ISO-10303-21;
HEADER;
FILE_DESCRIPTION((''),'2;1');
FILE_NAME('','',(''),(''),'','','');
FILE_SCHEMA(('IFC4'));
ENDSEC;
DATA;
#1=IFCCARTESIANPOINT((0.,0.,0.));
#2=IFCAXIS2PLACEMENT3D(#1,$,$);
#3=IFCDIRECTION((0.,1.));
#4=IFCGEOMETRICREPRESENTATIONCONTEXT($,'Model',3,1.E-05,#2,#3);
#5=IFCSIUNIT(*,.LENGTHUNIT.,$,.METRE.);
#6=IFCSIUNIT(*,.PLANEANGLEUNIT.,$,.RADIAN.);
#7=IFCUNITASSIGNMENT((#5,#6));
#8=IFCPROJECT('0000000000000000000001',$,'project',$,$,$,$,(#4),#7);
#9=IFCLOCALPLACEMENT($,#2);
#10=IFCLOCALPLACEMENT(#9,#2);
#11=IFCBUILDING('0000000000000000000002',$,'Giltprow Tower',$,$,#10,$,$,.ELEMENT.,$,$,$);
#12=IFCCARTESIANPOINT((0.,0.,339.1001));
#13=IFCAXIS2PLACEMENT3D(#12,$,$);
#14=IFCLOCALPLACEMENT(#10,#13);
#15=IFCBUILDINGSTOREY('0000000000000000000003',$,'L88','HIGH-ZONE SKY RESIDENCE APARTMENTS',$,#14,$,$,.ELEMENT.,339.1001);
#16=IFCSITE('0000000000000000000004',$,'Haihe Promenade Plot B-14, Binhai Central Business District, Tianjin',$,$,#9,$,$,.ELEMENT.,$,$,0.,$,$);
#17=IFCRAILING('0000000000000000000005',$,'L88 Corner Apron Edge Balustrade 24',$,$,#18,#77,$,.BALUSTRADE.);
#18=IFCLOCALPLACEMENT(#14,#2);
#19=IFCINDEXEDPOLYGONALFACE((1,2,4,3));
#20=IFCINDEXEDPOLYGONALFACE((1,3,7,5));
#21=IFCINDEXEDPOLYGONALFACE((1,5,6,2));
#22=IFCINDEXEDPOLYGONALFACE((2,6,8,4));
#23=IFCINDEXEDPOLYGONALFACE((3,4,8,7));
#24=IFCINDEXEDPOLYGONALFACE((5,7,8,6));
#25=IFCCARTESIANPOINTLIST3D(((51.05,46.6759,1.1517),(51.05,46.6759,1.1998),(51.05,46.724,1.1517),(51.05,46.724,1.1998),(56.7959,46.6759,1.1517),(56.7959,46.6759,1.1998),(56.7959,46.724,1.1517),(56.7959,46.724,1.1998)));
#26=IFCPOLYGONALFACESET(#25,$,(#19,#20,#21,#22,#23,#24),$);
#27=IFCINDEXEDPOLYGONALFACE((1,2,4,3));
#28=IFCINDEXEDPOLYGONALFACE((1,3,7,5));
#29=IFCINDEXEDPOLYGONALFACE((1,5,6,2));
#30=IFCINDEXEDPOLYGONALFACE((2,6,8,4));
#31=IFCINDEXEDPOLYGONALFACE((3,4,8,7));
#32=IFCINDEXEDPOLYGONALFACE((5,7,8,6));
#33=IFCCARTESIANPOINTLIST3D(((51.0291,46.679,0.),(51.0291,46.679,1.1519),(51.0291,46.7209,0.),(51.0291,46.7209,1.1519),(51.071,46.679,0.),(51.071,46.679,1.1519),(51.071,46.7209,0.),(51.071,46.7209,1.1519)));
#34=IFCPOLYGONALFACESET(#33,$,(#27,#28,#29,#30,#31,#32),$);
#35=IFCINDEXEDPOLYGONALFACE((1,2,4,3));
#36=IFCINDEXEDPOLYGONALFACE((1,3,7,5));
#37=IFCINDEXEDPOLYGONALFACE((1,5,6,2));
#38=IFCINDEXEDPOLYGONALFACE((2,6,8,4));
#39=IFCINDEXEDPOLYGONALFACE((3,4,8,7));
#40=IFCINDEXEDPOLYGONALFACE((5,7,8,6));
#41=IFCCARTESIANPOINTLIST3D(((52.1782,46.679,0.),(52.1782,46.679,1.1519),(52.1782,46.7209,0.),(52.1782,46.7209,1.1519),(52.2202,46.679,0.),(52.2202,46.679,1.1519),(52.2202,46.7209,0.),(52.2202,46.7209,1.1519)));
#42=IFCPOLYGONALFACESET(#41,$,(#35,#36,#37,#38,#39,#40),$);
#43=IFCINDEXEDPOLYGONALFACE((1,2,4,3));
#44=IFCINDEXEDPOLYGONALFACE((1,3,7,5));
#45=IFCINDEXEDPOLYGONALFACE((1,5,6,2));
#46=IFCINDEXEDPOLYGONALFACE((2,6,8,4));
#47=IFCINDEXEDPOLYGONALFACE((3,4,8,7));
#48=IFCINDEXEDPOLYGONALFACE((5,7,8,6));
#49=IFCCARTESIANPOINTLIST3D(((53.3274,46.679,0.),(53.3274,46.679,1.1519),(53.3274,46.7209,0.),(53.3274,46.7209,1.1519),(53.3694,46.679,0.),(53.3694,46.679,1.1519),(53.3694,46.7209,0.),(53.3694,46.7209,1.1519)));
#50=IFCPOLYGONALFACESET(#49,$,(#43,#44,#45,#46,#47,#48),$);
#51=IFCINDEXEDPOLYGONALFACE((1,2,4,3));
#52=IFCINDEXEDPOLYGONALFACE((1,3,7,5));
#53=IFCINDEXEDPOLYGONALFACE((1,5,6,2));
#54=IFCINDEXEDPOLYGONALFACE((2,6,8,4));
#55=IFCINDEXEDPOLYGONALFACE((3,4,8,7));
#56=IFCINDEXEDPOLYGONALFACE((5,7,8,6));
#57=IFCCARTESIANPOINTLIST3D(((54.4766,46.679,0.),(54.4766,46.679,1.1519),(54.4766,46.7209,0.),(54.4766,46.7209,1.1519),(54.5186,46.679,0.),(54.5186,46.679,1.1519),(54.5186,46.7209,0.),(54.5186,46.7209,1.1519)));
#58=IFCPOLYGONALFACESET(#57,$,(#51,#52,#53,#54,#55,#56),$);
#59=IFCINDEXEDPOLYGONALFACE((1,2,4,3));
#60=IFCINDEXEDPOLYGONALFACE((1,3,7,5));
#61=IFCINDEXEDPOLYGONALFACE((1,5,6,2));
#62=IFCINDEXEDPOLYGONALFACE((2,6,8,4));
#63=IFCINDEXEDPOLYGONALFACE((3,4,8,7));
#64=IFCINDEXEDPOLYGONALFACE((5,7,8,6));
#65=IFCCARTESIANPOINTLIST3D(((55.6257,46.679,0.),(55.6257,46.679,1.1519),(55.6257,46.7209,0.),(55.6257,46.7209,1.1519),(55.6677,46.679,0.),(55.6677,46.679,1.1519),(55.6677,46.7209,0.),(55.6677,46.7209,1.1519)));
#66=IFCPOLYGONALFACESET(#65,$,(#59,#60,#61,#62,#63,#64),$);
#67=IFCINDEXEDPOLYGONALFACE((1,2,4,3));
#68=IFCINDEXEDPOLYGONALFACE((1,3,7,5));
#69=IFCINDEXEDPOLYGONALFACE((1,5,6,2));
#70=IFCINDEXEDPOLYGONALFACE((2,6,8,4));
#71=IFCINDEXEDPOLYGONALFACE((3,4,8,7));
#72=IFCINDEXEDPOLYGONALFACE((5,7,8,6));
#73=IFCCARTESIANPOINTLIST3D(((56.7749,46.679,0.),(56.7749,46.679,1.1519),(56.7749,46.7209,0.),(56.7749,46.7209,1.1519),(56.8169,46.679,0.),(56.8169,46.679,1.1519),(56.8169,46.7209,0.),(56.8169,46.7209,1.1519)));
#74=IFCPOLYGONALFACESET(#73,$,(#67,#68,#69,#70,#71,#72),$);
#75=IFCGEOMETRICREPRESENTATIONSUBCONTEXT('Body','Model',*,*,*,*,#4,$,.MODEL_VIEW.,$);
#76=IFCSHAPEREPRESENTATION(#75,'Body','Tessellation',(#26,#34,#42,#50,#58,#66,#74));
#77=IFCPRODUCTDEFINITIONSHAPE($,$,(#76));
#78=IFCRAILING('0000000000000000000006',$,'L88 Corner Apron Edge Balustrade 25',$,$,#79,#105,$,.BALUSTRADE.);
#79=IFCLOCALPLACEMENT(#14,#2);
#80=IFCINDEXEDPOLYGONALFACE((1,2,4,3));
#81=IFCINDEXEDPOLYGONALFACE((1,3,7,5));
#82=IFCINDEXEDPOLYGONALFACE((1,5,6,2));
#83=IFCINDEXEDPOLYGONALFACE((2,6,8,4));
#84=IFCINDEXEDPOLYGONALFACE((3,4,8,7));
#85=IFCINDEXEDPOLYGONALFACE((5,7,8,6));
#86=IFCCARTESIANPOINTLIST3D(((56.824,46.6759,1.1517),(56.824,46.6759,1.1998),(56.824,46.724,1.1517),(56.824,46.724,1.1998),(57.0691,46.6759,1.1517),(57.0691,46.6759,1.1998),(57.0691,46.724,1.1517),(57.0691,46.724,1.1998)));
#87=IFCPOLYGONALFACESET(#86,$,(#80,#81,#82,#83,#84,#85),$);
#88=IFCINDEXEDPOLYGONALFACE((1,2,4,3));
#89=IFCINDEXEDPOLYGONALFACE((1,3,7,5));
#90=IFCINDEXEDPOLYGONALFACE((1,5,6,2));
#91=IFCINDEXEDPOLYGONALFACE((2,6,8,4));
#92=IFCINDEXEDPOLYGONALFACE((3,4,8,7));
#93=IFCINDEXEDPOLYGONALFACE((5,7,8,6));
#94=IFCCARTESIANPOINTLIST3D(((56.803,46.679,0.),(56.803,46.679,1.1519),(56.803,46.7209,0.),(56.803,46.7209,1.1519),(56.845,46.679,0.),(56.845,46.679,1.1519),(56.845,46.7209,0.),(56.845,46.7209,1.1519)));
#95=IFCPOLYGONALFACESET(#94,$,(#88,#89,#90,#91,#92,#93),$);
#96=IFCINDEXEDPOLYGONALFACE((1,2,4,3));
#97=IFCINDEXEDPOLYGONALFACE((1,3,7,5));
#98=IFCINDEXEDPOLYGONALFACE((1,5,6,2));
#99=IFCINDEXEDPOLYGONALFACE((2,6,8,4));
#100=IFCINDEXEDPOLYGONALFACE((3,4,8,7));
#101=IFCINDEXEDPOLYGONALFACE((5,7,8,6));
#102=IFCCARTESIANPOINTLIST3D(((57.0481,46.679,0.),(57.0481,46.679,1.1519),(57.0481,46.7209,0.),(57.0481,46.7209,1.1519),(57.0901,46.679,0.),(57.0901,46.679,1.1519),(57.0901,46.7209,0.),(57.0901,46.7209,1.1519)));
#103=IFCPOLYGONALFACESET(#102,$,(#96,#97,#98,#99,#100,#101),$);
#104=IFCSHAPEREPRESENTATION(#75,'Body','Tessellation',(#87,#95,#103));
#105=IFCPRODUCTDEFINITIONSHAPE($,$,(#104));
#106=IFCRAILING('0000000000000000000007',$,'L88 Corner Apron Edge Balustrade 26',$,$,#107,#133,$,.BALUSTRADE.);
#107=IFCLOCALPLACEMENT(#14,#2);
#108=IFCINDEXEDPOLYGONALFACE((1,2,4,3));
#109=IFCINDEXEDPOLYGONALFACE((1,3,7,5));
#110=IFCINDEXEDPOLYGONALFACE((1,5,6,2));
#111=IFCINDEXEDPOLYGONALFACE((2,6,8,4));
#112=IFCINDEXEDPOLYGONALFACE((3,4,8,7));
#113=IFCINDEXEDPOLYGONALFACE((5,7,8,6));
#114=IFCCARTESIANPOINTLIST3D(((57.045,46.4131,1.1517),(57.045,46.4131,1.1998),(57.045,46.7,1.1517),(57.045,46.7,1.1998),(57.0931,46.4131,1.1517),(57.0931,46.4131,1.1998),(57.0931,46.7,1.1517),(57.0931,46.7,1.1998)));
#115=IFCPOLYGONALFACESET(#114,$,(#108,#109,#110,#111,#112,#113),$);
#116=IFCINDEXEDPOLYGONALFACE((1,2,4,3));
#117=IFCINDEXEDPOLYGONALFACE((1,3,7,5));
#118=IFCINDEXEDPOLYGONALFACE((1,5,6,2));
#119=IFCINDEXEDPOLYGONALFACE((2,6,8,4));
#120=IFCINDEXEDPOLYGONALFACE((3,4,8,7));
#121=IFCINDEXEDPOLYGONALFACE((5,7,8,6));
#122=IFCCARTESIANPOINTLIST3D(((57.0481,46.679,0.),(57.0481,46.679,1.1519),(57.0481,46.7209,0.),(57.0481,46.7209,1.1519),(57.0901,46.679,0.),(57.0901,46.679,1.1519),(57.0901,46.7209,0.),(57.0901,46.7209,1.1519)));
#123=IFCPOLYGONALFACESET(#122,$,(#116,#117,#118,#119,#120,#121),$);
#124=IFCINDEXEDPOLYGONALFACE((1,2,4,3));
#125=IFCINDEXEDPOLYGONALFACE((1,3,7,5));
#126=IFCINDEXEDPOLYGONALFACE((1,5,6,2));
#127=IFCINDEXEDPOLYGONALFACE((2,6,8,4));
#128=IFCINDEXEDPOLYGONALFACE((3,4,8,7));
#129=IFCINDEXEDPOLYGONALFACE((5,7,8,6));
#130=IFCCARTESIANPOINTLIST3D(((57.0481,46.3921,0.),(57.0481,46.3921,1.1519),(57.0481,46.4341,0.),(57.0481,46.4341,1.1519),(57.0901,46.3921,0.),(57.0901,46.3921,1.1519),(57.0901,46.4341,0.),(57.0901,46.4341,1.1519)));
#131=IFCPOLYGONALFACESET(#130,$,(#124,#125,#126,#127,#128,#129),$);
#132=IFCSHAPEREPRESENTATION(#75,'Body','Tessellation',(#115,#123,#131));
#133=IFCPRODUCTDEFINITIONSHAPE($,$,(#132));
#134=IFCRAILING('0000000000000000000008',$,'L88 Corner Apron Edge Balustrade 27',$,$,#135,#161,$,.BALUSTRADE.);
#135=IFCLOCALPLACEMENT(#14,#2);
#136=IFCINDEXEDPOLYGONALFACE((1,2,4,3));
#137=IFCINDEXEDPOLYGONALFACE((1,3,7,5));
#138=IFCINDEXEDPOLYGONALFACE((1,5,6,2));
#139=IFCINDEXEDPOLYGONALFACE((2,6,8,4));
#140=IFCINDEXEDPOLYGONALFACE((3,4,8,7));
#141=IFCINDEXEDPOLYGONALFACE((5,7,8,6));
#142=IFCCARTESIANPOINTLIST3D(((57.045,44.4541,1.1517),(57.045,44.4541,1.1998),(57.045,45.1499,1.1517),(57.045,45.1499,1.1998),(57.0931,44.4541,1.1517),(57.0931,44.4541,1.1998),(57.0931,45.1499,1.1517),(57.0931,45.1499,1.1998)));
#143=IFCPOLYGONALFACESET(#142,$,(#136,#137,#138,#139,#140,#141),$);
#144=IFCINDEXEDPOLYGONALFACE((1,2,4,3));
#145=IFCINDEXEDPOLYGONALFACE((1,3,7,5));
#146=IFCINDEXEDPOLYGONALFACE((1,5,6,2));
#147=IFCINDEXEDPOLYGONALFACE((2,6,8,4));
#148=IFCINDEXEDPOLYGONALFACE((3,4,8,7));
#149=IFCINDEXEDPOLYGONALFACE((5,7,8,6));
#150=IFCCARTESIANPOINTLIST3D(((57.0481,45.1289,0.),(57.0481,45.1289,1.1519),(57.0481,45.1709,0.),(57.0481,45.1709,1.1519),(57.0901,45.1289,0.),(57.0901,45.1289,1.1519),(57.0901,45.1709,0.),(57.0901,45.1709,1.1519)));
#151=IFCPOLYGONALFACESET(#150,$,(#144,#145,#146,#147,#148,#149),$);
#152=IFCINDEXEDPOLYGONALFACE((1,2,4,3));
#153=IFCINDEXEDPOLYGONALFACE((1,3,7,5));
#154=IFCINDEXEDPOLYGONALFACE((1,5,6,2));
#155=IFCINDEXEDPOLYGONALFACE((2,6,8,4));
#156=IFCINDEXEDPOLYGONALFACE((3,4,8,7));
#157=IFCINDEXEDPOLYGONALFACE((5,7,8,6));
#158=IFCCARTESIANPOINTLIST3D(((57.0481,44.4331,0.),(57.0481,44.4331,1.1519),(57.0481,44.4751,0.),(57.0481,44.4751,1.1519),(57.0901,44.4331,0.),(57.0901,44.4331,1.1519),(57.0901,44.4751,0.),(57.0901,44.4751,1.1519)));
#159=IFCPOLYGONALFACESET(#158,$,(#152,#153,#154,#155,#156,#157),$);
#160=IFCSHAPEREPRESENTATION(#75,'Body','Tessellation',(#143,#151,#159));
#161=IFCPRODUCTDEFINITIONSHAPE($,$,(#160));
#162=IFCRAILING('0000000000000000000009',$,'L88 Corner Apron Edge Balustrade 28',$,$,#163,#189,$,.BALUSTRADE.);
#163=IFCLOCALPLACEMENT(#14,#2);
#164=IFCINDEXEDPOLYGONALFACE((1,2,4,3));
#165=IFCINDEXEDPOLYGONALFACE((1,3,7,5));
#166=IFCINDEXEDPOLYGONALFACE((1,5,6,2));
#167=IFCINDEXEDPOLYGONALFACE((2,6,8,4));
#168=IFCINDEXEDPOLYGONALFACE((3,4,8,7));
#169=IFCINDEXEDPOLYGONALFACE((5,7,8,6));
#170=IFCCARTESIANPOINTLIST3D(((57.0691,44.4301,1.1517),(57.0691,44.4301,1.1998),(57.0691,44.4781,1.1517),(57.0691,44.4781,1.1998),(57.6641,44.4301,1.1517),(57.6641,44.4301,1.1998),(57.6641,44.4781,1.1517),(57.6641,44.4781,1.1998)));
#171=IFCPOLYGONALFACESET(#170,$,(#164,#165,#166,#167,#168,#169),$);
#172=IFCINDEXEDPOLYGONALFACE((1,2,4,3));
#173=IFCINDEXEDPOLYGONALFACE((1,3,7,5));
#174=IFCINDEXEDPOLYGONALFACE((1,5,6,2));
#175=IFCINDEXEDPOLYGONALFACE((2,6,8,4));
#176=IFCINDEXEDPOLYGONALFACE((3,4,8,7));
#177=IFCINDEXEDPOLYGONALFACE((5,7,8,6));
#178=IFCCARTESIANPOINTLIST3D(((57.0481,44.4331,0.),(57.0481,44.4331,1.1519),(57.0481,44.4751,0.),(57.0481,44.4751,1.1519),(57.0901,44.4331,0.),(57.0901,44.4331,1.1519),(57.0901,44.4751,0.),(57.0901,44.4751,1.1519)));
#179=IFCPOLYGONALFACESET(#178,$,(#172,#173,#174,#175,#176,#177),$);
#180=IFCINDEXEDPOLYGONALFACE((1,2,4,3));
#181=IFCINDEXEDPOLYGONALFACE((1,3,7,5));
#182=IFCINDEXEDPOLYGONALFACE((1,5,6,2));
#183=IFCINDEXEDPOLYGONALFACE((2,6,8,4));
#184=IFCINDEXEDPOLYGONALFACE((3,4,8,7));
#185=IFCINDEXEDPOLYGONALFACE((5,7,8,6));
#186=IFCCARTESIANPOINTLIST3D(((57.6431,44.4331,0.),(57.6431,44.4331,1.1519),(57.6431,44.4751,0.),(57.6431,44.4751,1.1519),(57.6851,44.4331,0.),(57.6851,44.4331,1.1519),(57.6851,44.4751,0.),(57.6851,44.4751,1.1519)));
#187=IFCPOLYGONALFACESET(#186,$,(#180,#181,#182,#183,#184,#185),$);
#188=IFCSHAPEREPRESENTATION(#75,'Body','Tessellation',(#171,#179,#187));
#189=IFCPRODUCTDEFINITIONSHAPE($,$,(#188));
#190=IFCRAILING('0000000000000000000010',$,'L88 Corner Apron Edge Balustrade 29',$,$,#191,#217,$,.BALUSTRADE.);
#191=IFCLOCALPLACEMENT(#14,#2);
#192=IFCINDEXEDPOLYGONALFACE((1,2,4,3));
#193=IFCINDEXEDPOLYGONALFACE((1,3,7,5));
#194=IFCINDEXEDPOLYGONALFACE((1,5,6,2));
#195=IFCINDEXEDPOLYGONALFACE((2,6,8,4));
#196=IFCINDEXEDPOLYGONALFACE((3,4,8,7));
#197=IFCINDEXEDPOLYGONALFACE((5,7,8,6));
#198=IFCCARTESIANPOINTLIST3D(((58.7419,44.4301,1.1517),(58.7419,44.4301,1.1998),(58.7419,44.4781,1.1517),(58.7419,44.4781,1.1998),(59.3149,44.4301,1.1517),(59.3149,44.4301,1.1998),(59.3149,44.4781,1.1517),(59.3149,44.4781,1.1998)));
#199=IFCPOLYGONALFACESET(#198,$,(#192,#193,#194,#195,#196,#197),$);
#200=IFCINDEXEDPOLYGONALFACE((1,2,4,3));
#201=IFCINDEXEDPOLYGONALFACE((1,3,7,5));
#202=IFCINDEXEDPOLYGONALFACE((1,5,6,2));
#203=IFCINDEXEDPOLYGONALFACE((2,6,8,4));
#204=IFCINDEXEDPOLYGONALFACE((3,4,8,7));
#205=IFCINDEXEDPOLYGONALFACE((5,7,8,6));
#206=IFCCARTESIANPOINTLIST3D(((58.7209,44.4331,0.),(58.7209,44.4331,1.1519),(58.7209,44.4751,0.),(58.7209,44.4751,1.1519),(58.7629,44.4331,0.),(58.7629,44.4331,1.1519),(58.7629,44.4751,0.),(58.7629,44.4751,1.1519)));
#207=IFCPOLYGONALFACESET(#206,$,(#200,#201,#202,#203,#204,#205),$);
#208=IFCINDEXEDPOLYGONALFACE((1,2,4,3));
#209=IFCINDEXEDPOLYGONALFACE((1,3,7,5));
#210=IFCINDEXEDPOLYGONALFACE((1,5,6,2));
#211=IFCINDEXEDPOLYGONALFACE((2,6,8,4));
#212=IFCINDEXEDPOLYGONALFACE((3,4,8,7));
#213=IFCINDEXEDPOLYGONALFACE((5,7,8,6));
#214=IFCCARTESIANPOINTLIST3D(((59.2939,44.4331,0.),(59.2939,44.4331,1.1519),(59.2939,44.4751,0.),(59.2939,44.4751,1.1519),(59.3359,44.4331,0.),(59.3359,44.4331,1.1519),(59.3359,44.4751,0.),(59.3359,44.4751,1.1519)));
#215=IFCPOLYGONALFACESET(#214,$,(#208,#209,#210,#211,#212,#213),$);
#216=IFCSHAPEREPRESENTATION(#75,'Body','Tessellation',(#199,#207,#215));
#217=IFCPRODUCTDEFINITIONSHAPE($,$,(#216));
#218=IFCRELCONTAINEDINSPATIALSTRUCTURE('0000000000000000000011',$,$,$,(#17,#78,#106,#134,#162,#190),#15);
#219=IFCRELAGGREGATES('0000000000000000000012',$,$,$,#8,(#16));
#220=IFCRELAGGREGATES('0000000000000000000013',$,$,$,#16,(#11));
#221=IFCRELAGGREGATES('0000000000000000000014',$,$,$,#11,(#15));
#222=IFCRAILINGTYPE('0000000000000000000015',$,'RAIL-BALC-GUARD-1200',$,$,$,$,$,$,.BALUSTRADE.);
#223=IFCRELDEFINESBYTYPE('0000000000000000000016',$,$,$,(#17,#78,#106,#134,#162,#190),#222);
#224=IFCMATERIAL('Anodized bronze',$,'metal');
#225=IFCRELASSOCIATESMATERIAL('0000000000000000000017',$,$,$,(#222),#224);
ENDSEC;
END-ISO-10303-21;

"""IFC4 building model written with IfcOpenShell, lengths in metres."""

from ifc_helpers import new_model, si_unit, direction, frame, origin, origin_2d, place, context, subcontext, project, spatial, rectangle, extrude, material, type_object, element, save


model = new_model("IFC4")

# Units and contexts
model_context = context("Model", 3, precision=1e-05, world=origin(), true_north=direction((0.0, 1.0)))
body_context = subcontext(model_context, "Body", "Model", "MODEL_VIEW")
ifc_project = project(units=[si_unit("LENGTHUNIT", "METRE"), si_unit("PLANEANGLEUNIT", "RADIAN")], contexts=[model_context])

# Site, building, storey
site_placement = place(None, origin())
site = spatial("IfcSite", under=ifc_project, at=site_placement, Name="Haihe Promenade Plot B-14, Binhai Central Business District, Tianjin", CompositionType="ELEMENT", RefElevation=0.0)
building_placement = place(site_placement, origin())
building = spatial("IfcBuilding", under=site, at=building_placement, Name="Giltprow Tower", CompositionType="ELEMENT")
storey_placement = place(building_placement, frame((0.0, 0.0, 339.1001)))
storey = spatial("IfcBuildingStorey", under=building, at=storey_placement, Name="L88", Description="HIGH-ZONE SKY RESIDENCE APARTMENTS", CompositionType="ELEMENT", Elevation=339.1001)

# Railings
ifc_material_1 = material(Name="Anodized bronze", Category="metal")
railing_type = type_object("IfcRailingType", Name="RAIL-BALC-GUARD-1200", PredefinedType="BALUSTRADE", material=ifc_material_1)
railing_1_placement = place(storey_placement, frame((51.05, 46.7, 0.0)))
element("IfcRailing", 1, at=railing_1_placement, inside=storey, type_object=railing_type, Name="L88 Corner Apron Edge Balustrade 24", PredefinedType="BALUSTRADE", context=body_context, shape_type="SweptSolid", body=[
    extrude(rectangle(XDim=0.0481, YDim=0.0481, at=origin_2d()), frame((0.0, 0.0, 1.1758), z_axis=(1.0, 0.0, 0.0), x_axis=(0.0, 1.0, 0.0)), (0.0, 0.0, 1.0), 5.7458),
    extrude(rectangle(XDim=0.042, YDim=0.042, at=origin_2d()), origin(), (0.0, 0.0, 1.0), 1.1519),
    extrude(rectangle(XDim=0.042, YDim=0.042, at=origin_2d()), frame((1.1492, 0.0, 0.0)), (0.0, 0.0, 1.0), 1.1519),
    extrude(rectangle(XDim=0.042, YDim=0.042, at=origin_2d()), frame((2.2983, 0.0, 0.0)), (0.0, 0.0, 1.0), 1.1519),
    extrude(rectangle(XDim=0.042, YDim=0.042, at=origin_2d()), frame((3.4475, 0.0, 0.0)), (0.0, 0.0, 1.0), 1.1519),
    extrude(rectangle(XDim=0.042, YDim=0.042, at=origin_2d()), frame((4.5967, 0.0, 0.0)), (0.0, 0.0, 1.0), 1.1519),
    extrude(rectangle(XDim=0.042, YDim=0.042, at=origin_2d()), frame((5.7458, 0.0, 0.0)), (0.0, 0.0, 1.0), 1.1519),
])
railing_2_placement = place(storey_placement, frame((56.824, 46.7, 0.0)))
element("IfcRailing", 2, at=railing_2_placement, inside=storey, type_object=railing_type, Name="L88 Corner Apron Edge Balustrade 25", PredefinedType="BALUSTRADE", context=body_context, shape_type="SweptSolid", body=[
    extrude(rectangle(XDim=0.0481, YDim=0.0481, at=origin_2d()), frame((0.0, 0.0, 1.1758), z_axis=(1.0, 0.0, 0.0), x_axis=(0.0, 1.0, 0.0)), (0.0, 0.0, 1.0), 0.2451),
    extrude(rectangle(XDim=0.042, YDim=0.042, at=origin_2d()), origin(), (0.0, 0.0, 1.0), 1.1519),
    extrude(rectangle(XDim=0.042, YDim=0.042, at=origin_2d()), frame((0.2451, 0.0, 0.0)), (0.0, 0.0, 1.0), 1.1519),
])
railing_3_placement = place(storey_placement, frame((57.0691, 46.7, 0.0)))
element("IfcRailing", 3, at=railing_3_placement, inside=storey, type_object=railing_type, Name="L88 Corner Apron Edge Balustrade 26", PredefinedType="BALUSTRADE", context=body_context, shape_type="SweptSolid", body=[
    extrude(rectangle(XDim=0.0481, YDim=0.0481, at=origin_2d()), frame((0.0, 0.0, 1.1758), z_axis=(0.0, -1.0, 0.0), x_axis=(1.0, 0.0, 0.0)), (0.0, 0.0, 1.0), 0.2869),
    extrude(rectangle(XDim=0.042, YDim=0.042, at=origin_2d()), origin(), (0.0, 0.0, 1.0), 1.1519),
    extrude(rectangle(XDim=0.042, YDim=0.042, at=origin_2d()), frame((0.0, -0.2869, 0.0)), (0.0, 0.0, 1.0), 1.1519),
])
railing_4_placement = place(storey_placement, frame((57.0691, 45.1499, 0.0)))
element("IfcRailing", 4, at=railing_4_placement, inside=storey, type_object=railing_type, Name="L88 Corner Apron Edge Balustrade 27", PredefinedType="BALUSTRADE", context=body_context, shape_type="SweptSolid", body=[
    extrude(rectangle(XDim=0.0481, YDim=0.0481, at=origin_2d()), frame((0.0, 0.0, 1.1758), z_axis=(0.0, -1.0, 0.0), x_axis=(1.0, 0.0, 0.0)), (0.0, 0.0, 1.0), 0.6958),
    extrude(rectangle(XDim=0.042, YDim=0.042, at=origin_2d()), origin(), (0.0, 0.0, 1.0), 1.1519),
    extrude(rectangle(XDim=0.042, YDim=0.042, at=origin_2d()), frame((0.0, -0.6958, 0.0)), (0.0, 0.0, 1.0), 1.1519),
])
railing_5_placement = place(storey_placement, frame((57.0691, 44.4541, 0.0)))
element("IfcRailing", 5, at=railing_5_placement, inside=storey, type_object=railing_type, Name="L88 Corner Apron Edge Balustrade 28", PredefinedType="BALUSTRADE", context=body_context, shape_type="SweptSolid", body=[
    extrude(rectangle(XDim=0.0481, YDim=0.0481, at=origin_2d()), frame((0.0, 0.0, 1.1758), z_axis=(1.0, 0.0, 0.0), x_axis=(0.0, 1.0, 0.0)), (0.0, 0.0, 1.0), 0.595),
    extrude(rectangle(XDim=0.042, YDim=0.042, at=origin_2d()), origin(), (0.0, 0.0, 1.0), 1.1519),
    extrude(rectangle(XDim=0.042, YDim=0.042, at=origin_2d()), frame((0.595, 0.0, 0.0)), (0.0, 0.0, 1.0), 1.1519),
])
railing_6_placement = place(storey_placement, frame((58.7419, 44.4541, 0.0)))
element("IfcRailing", 6, at=railing_6_placement, inside=storey, type_object=railing_type, Name="L88 Corner Apron Edge Balustrade 29", PredefinedType="BALUSTRADE", context=body_context, shape_type="SweptSolid", body=[
    extrude(rectangle(XDim=0.0481, YDim=0.0481, at=origin_2d()), frame((0.0, 0.0, 1.1758), z_axis=(1.0, 0.0, 0.0), x_axis=(0.0, 1.0, 0.0)), (0.0, 0.0, 1.0), 0.573),
    extrude(rectangle(XDim=0.042, YDim=0.042, at=origin_2d()), origin(), (0.0, 0.0, 1.0), 1.1519),
    extrude(rectangle(XDim=0.042, YDim=0.042, at=origin_2d()), frame((0.573, 0.0, 0.0)), (0.0, 0.0, 1.0), 1.1519),
])

save(model, "model.ifc")
